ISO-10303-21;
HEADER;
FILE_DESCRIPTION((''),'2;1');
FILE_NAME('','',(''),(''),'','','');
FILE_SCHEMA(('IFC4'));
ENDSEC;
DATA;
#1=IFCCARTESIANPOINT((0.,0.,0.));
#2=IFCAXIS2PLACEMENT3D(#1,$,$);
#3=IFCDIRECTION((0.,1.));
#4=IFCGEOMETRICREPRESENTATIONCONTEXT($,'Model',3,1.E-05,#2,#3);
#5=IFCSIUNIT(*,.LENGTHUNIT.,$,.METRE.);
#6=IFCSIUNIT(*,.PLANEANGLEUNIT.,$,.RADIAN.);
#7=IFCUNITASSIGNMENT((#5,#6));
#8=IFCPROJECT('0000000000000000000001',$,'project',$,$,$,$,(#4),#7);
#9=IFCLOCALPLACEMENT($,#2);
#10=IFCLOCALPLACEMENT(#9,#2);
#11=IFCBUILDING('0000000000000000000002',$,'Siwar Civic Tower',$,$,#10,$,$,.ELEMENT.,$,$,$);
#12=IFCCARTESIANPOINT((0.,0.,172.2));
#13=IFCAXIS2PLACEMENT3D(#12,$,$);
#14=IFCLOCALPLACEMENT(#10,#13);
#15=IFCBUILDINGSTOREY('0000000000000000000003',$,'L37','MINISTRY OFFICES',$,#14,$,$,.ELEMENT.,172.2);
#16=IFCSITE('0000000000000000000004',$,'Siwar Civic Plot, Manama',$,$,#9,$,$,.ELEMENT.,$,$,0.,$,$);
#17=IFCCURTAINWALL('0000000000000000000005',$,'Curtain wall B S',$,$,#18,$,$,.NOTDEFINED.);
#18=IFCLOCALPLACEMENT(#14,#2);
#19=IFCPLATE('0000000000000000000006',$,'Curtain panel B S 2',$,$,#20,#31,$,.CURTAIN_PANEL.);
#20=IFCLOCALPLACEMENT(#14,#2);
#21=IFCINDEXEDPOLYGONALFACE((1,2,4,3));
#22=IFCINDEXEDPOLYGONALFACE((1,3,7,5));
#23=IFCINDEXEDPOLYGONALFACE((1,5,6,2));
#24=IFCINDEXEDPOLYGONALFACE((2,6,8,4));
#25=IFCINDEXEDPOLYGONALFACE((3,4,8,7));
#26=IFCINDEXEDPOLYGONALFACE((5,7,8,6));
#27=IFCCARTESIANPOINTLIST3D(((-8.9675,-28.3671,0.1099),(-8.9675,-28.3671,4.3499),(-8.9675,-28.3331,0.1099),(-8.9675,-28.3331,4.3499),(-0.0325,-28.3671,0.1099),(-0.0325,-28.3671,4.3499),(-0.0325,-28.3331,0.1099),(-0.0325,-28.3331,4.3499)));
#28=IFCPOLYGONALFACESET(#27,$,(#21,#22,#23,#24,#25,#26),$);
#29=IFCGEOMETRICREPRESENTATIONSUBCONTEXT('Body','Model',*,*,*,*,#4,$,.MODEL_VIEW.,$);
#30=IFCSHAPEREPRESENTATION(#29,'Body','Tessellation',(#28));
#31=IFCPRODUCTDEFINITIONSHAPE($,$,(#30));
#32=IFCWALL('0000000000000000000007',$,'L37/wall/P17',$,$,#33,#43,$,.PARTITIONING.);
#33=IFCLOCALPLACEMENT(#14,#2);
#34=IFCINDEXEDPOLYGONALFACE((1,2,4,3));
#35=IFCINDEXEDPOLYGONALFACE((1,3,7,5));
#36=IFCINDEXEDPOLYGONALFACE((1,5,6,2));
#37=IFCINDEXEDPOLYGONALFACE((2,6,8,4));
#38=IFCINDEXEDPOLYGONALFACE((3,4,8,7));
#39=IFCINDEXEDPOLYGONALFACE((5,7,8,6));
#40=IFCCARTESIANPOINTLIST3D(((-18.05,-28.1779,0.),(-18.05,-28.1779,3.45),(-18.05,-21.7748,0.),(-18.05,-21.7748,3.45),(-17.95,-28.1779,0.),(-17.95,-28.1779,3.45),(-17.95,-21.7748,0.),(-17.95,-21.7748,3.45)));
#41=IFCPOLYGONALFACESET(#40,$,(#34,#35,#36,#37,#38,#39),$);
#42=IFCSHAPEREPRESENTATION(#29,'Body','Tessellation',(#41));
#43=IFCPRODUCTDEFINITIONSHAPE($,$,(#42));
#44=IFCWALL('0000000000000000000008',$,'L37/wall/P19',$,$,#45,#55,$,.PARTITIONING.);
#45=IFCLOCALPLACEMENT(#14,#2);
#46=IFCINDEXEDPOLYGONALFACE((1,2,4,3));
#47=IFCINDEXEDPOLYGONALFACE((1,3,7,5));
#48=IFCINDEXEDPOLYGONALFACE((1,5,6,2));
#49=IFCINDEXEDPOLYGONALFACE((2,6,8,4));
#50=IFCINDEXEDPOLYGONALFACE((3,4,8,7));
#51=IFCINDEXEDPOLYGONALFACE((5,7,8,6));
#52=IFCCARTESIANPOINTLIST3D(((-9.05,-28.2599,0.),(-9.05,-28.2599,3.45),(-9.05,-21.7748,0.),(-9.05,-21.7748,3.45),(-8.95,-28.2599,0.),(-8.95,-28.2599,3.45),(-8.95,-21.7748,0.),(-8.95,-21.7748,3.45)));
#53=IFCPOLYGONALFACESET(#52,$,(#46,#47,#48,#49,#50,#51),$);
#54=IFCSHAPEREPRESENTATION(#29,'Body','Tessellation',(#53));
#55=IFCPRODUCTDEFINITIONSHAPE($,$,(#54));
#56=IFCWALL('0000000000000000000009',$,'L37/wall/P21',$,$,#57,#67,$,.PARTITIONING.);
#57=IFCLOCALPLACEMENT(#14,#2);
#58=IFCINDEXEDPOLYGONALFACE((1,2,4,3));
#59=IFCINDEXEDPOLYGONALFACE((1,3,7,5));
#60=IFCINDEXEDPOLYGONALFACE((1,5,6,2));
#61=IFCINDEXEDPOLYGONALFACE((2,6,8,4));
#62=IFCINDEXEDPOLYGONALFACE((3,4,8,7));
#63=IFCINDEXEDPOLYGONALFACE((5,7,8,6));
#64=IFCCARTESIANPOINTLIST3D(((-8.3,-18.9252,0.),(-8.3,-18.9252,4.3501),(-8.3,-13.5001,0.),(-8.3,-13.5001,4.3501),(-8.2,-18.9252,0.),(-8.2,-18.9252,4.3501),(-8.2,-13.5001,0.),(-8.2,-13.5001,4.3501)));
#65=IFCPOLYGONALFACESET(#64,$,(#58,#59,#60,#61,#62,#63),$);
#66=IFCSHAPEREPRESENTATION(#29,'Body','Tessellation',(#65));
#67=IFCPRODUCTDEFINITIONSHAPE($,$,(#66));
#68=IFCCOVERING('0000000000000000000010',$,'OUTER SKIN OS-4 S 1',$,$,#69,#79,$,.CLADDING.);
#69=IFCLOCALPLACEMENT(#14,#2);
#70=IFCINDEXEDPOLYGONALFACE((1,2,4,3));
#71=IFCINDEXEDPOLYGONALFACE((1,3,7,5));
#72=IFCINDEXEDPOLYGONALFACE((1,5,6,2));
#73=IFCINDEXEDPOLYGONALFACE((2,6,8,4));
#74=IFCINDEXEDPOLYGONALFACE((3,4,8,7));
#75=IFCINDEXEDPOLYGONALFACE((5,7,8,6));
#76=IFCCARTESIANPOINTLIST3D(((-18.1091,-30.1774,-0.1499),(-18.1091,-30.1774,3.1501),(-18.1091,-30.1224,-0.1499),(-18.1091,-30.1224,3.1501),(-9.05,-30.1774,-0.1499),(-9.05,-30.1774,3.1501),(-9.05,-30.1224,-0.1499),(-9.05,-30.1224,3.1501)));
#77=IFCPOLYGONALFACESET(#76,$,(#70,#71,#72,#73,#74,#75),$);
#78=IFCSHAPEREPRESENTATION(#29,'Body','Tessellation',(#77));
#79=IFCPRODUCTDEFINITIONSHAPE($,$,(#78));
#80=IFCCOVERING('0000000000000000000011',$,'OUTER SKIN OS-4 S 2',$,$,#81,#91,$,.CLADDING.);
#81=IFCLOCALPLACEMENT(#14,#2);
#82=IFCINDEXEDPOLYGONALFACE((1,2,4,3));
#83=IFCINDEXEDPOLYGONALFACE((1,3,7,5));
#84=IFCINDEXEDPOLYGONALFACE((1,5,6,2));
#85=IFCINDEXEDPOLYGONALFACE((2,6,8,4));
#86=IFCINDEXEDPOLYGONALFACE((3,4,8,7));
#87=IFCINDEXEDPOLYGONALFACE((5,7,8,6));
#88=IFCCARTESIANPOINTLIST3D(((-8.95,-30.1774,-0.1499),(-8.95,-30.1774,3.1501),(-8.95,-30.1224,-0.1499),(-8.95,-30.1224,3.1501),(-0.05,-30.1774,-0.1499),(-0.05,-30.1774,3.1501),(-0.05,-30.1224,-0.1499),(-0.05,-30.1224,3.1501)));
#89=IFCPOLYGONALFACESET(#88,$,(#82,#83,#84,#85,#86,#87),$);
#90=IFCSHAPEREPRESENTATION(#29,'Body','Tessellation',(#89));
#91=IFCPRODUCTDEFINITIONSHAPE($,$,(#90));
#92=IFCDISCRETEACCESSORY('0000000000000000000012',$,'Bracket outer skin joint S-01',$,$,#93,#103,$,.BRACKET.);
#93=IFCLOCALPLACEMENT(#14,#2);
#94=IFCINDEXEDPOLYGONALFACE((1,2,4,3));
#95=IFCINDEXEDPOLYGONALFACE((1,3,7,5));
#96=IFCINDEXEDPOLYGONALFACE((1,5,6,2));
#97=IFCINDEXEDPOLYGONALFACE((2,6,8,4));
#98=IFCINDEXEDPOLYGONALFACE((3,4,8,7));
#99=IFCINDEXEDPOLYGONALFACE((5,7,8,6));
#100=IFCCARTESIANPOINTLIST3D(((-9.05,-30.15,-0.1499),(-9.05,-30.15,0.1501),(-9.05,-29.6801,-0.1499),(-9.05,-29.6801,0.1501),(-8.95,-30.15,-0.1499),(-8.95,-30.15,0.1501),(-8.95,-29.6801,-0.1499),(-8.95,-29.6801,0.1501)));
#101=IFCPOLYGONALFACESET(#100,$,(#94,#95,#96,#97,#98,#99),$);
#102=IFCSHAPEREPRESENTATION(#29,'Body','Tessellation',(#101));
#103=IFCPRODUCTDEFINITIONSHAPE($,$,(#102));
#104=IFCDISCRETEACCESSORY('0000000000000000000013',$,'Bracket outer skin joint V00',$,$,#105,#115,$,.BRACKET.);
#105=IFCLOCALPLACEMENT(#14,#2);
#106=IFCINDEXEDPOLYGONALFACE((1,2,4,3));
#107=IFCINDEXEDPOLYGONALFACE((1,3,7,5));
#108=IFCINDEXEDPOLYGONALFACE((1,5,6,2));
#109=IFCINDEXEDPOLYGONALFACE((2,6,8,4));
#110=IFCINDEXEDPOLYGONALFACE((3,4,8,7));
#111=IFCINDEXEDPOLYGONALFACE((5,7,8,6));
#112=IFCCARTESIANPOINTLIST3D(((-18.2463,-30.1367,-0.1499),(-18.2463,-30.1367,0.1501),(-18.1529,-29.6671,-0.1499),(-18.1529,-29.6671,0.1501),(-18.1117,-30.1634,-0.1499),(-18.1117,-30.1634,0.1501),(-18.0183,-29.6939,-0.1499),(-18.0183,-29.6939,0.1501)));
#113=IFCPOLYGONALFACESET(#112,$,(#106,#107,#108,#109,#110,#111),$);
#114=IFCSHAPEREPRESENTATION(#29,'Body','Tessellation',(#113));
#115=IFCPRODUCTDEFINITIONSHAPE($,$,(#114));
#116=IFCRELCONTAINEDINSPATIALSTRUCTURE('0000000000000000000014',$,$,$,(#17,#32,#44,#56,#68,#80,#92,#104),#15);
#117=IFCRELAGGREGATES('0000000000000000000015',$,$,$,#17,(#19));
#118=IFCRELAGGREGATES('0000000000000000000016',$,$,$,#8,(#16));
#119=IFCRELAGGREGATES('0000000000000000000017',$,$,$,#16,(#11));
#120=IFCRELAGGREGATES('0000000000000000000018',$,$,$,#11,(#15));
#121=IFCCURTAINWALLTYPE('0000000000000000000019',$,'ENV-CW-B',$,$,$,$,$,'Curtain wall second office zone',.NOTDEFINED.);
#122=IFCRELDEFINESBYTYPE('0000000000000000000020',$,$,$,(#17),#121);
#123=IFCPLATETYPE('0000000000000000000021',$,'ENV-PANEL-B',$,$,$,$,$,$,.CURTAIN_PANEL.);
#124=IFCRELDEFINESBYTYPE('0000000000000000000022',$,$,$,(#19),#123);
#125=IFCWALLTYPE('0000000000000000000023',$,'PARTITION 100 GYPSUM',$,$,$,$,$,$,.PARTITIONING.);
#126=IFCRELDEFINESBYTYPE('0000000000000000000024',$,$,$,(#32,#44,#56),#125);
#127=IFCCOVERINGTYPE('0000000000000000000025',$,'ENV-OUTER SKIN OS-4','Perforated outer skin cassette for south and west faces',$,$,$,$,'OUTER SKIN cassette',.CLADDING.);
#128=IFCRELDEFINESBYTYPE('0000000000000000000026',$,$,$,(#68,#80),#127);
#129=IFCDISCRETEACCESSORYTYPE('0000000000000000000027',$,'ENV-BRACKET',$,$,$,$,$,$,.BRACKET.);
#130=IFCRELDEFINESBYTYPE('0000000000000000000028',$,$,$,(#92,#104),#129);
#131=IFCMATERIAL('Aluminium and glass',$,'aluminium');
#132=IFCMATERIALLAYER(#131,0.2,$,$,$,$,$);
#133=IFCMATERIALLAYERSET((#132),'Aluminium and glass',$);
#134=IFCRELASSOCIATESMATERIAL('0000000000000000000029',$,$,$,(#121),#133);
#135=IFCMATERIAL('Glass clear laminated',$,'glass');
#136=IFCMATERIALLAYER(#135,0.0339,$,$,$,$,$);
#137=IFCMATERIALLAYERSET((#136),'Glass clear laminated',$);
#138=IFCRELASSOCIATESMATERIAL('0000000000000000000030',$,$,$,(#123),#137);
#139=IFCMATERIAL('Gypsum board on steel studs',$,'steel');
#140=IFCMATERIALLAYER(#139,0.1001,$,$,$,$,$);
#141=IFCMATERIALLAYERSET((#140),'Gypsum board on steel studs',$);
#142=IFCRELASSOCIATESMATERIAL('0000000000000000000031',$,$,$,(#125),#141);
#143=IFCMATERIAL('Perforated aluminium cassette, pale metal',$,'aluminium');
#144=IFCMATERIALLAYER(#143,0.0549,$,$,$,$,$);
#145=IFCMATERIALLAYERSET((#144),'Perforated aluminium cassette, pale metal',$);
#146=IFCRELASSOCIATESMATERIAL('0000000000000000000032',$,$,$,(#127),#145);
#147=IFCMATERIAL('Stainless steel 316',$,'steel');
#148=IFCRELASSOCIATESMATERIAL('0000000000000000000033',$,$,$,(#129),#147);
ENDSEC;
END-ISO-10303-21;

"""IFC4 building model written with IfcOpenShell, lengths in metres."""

from ifc_helpers import new_model, si_unit, direction, frame, frame_2d, origin, origin_2d, place, context, subcontext, project, spatial, rectangle, extrude, material, layer, layer_set, type_object, element, aggregate, save


model = new_model("IFC4")

# Units and contexts
model_context = context("Model", 3, precision=1e-05, world=origin(), true_north=direction((0.0, 1.0)))
body_context = subcontext(model_context, "Body", "Model", "MODEL_VIEW")
ifc_project = project(units=[si_unit("LENGTHUNIT", "METRE"), si_unit("PLANEANGLEUNIT", "RADIAN")], contexts=[model_context])

# Site, building, storey
site_placement = place(None, origin())
site = spatial("IfcSite", under=ifc_project, at=site_placement, Name="Siwar Civic Plot, Manama", CompositionType="ELEMENT", RefElevation=0.0)
building_placement = place(site_placement, origin())
building = spatial("IfcBuilding", under=site, at=building_placement, Name="Siwar Civic Tower", CompositionType="ELEMENT")
storey_placement = place(building_placement, frame((0.0, 0.0, 172.2)))
storey = spatial("IfcBuildingStorey", under=building, at=storey_placement, Name="L37", Description="MINISTRY OFFICES", CompositionType="ELEMENT", Elevation=172.2)

# Curtain wall
ifc_material_1 = material(Name="Aluminium and glass", Category="aluminium")
ifc_layer_1 = layer(ifc_material_1, 0.2)
ifc_layer_set_1 = layer_set([ifc_layer_1], Name="Aluminium and glass")
curtain_wall_type = type_object("IfcCurtainWallType", Name="ENV-CW-B", ElementType="Curtain wall second office zone", PredefinedType="NOTDEFINED", material=ifc_layer_set_1)
curtain_wall_placement = place(storey_placement, origin())
curtain_wall = element("IfcCurtainWall", 1, at=curtain_wall_placement, inside=storey, type_object=curtain_wall_type, Name="Curtain wall B S", PredefinedType="NOTDEFINED")

# Plate
ifc_material_2 = material(Name="Glass clear laminated", Category="glass")
ifc_layer_2 = layer(ifc_material_2, 0.0339)
ifc_layer_set_2 = layer_set([ifc_layer_2], Name="Glass clear laminated")
plate_type = type_object("IfcPlateType", Name="ENV-PANEL-B", PredefinedType="CURTAIN_PANEL", material=ifc_layer_set_2)
plate_1_placement = place(storey_placement, frame((-4.5, -28.3501, 0.1099), z_axis=(0.0, 0.0, 1.0), x_axis=(1.0, 0.0, 0.0)))
plate_1 = element("IfcPlate", 2, at=plate_1_placement, type_object=plate_type, Name="Curtain panel B S 2", PredefinedType="CURTAIN_PANEL", context=body_context, shape_type="SweptSolid", body=[
    extrude(rectangle(XDim=8.9351, YDim=0.0339, at=origin_2d()), origin(), (0.0, 0.0, 1.0), 4.24),
])
aggregate(curtain_wall, [plate_1])

# Walls
ifc_material_3 = material(Name="Gypsum board on steel studs", Category="steel")
ifc_layer_3 = layer(ifc_material_3, 0.1001)
ifc_layer_set_3 = layer_set([ifc_layer_3], Name="Gypsum board on steel studs")
wall_type = type_object("IfcWallType", Name="PARTITION 100 GYPSUM", PredefinedType="PARTITIONING", material=ifc_layer_set_3)
wall_1_placement = place(storey_placement, frame((-18.0, -28.178, 0.0), z_axis=(0.0, 0.0, 1.0), x_axis=(0.0, 1.0, 0.0)))
element("IfcWall", 3, at=wall_1_placement, inside=storey, type_object=wall_type, Name="L37/wall/P17", PredefinedType="PARTITIONING", context=body_context, shape_type="SweptSolid", body=[
    extrude(rectangle(XDim=6.4031, YDim=0.1001, at=frame_2d((3.2017, 0.0))), origin(), (0.0, 0.0, 1.0), 3.45),
])
wall_2_placement = place(storey_placement, frame((-9.0, -28.26, 0.0), z_axis=(0.0, 0.0, 1.0), x_axis=(0.0, 1.0, 0.0)))
element("IfcWall", 4, at=wall_2_placement, inside=storey, type_object=wall_type, Name="L37/wall/P19", PredefinedType="PARTITIONING", context=body_context, shape_type="SweptSolid", body=[
    extrude(rectangle(XDim=6.4851, YDim=0.1001, at=frame_2d((3.2427, 0.0))), origin(), (0.0, 0.0, 1.0), 3.45),
])
wall_3_placement = place(storey_placement, frame((-8.25, -18.925, 0.0), z_axis=(0.0, 0.0, 1.0), x_axis=(0.0, 1.0, 0.0)))
element("IfcWall", 5, at=wall_3_placement, inside=storey, type_object=wall_type, Name="L37/wall/P21", PredefinedType="PARTITIONING", context=body_context, shape_type="SweptSolid", body=[
    extrude(rectangle(XDim=5.425, YDim=0.1001, at=frame_2d((2.7124, 0.0))), origin(), (0.0, 0.0, 1.0), 4.3501),
])

# Coverings
ifc_material_4 = material(Name="Perforated aluminium cassette, pale metal", Category="aluminium")
ifc_layer_4 = layer(ifc_material_4, 0.0549)
ifc_layer_set_4 = layer_set([ifc_layer_4], Name="Perforated aluminium cassette, pale metal")
covering_type = type_object("IfcCoveringType", Name="ENV-OUTER SKIN OS-4", Description="Perforated outer skin cassette for south and west faces", ElementType="OUTER SKIN cassette", PredefinedType="CLADDING", material=ifc_layer_set_4)
covering_1_placement = place(storey_placement, frame((-13.5796, -30.1499, -0.1499), z_axis=(0.0, 0.0, 1.0), x_axis=(1.0, 0.0, 0.0)))
element("IfcCovering", 6, at=covering_1_placement, inside=storey, type_object=covering_type, Name="OUTER SKIN OS-4 S 1", PredefinedType="CLADDING", context=body_context, shape_type="SweptSolid", body=[
    extrude(rectangle(XDim=9.0591, YDim=0.0549, at=origin_2d()), origin(), (0.0, 0.0, 1.0), 3.3),
])
covering_2_placement = place(storey_placement, frame((-4.5, -30.1499, -0.1499), z_axis=(0.0, 0.0, 1.0), x_axis=(1.0, 0.0, 0.0)))
element("IfcCovering", 7, at=covering_2_placement, inside=storey, type_object=covering_type, Name="OUTER SKIN OS-4 S 2", PredefinedType="CLADDING", context=body_context, shape_type="SweptSolid", body=[
    extrude(rectangle(XDim=8.8999, YDim=0.0549, at=origin_2d()), origin(), (0.0, 0.0, 1.0), 3.3),
])

# Discrete accessories
ifc_material_5 = material(Name="Stainless steel 316", Category="steel")
discrete_accessory_type = type_object("IfcDiscreteAccessoryType", Name="ENV-BRACKET", PredefinedType="BRACKET", material=ifc_material_5)
discrete_accessory_1_placement = place(storey_placement, frame((-9.0, -29.915, -0.1499), z_axis=(0.0, 0.0, 1.0), x_axis=(0.0, -1.0, 0.0)))
element("IfcDiscreteAccessory", 8, at=discrete_accessory_1_placement, inside=storey, type_object=discrete_accessory_type, Name="Bracket outer skin joint S-01", PredefinedType="BRACKET", context=body_context, shape_type="SweptSolid", body=[
    extrude(rectangle(XDim=0.47, YDim=0.1001, at=origin_2d()), origin(), (0.0, 0.0, 1.0), 0.3),
])
discrete_accessory_2_placement = place(storey_placement, frame((-18.1323, -29.9153, -0.1499), z_axis=(0.0, 0.0, 1.0), x_axis=(-0.19509, -0.980785, 0.0)))
element("IfcDiscreteAccessory", 9, at=discrete_accessory_2_placement, inside=storey, type_object=discrete_accessory_type, Name="Bracket outer skin joint V00", PredefinedType="BRACKET", context=body_context, shape_type="SweptSolid", body=[
    extrude(rectangle(XDim=0.4788, YDim=0.1372, at=origin_2d()), origin(), (0.0, 0.0, 1.0), 0.3),
])

save(model, "model.ifc")
